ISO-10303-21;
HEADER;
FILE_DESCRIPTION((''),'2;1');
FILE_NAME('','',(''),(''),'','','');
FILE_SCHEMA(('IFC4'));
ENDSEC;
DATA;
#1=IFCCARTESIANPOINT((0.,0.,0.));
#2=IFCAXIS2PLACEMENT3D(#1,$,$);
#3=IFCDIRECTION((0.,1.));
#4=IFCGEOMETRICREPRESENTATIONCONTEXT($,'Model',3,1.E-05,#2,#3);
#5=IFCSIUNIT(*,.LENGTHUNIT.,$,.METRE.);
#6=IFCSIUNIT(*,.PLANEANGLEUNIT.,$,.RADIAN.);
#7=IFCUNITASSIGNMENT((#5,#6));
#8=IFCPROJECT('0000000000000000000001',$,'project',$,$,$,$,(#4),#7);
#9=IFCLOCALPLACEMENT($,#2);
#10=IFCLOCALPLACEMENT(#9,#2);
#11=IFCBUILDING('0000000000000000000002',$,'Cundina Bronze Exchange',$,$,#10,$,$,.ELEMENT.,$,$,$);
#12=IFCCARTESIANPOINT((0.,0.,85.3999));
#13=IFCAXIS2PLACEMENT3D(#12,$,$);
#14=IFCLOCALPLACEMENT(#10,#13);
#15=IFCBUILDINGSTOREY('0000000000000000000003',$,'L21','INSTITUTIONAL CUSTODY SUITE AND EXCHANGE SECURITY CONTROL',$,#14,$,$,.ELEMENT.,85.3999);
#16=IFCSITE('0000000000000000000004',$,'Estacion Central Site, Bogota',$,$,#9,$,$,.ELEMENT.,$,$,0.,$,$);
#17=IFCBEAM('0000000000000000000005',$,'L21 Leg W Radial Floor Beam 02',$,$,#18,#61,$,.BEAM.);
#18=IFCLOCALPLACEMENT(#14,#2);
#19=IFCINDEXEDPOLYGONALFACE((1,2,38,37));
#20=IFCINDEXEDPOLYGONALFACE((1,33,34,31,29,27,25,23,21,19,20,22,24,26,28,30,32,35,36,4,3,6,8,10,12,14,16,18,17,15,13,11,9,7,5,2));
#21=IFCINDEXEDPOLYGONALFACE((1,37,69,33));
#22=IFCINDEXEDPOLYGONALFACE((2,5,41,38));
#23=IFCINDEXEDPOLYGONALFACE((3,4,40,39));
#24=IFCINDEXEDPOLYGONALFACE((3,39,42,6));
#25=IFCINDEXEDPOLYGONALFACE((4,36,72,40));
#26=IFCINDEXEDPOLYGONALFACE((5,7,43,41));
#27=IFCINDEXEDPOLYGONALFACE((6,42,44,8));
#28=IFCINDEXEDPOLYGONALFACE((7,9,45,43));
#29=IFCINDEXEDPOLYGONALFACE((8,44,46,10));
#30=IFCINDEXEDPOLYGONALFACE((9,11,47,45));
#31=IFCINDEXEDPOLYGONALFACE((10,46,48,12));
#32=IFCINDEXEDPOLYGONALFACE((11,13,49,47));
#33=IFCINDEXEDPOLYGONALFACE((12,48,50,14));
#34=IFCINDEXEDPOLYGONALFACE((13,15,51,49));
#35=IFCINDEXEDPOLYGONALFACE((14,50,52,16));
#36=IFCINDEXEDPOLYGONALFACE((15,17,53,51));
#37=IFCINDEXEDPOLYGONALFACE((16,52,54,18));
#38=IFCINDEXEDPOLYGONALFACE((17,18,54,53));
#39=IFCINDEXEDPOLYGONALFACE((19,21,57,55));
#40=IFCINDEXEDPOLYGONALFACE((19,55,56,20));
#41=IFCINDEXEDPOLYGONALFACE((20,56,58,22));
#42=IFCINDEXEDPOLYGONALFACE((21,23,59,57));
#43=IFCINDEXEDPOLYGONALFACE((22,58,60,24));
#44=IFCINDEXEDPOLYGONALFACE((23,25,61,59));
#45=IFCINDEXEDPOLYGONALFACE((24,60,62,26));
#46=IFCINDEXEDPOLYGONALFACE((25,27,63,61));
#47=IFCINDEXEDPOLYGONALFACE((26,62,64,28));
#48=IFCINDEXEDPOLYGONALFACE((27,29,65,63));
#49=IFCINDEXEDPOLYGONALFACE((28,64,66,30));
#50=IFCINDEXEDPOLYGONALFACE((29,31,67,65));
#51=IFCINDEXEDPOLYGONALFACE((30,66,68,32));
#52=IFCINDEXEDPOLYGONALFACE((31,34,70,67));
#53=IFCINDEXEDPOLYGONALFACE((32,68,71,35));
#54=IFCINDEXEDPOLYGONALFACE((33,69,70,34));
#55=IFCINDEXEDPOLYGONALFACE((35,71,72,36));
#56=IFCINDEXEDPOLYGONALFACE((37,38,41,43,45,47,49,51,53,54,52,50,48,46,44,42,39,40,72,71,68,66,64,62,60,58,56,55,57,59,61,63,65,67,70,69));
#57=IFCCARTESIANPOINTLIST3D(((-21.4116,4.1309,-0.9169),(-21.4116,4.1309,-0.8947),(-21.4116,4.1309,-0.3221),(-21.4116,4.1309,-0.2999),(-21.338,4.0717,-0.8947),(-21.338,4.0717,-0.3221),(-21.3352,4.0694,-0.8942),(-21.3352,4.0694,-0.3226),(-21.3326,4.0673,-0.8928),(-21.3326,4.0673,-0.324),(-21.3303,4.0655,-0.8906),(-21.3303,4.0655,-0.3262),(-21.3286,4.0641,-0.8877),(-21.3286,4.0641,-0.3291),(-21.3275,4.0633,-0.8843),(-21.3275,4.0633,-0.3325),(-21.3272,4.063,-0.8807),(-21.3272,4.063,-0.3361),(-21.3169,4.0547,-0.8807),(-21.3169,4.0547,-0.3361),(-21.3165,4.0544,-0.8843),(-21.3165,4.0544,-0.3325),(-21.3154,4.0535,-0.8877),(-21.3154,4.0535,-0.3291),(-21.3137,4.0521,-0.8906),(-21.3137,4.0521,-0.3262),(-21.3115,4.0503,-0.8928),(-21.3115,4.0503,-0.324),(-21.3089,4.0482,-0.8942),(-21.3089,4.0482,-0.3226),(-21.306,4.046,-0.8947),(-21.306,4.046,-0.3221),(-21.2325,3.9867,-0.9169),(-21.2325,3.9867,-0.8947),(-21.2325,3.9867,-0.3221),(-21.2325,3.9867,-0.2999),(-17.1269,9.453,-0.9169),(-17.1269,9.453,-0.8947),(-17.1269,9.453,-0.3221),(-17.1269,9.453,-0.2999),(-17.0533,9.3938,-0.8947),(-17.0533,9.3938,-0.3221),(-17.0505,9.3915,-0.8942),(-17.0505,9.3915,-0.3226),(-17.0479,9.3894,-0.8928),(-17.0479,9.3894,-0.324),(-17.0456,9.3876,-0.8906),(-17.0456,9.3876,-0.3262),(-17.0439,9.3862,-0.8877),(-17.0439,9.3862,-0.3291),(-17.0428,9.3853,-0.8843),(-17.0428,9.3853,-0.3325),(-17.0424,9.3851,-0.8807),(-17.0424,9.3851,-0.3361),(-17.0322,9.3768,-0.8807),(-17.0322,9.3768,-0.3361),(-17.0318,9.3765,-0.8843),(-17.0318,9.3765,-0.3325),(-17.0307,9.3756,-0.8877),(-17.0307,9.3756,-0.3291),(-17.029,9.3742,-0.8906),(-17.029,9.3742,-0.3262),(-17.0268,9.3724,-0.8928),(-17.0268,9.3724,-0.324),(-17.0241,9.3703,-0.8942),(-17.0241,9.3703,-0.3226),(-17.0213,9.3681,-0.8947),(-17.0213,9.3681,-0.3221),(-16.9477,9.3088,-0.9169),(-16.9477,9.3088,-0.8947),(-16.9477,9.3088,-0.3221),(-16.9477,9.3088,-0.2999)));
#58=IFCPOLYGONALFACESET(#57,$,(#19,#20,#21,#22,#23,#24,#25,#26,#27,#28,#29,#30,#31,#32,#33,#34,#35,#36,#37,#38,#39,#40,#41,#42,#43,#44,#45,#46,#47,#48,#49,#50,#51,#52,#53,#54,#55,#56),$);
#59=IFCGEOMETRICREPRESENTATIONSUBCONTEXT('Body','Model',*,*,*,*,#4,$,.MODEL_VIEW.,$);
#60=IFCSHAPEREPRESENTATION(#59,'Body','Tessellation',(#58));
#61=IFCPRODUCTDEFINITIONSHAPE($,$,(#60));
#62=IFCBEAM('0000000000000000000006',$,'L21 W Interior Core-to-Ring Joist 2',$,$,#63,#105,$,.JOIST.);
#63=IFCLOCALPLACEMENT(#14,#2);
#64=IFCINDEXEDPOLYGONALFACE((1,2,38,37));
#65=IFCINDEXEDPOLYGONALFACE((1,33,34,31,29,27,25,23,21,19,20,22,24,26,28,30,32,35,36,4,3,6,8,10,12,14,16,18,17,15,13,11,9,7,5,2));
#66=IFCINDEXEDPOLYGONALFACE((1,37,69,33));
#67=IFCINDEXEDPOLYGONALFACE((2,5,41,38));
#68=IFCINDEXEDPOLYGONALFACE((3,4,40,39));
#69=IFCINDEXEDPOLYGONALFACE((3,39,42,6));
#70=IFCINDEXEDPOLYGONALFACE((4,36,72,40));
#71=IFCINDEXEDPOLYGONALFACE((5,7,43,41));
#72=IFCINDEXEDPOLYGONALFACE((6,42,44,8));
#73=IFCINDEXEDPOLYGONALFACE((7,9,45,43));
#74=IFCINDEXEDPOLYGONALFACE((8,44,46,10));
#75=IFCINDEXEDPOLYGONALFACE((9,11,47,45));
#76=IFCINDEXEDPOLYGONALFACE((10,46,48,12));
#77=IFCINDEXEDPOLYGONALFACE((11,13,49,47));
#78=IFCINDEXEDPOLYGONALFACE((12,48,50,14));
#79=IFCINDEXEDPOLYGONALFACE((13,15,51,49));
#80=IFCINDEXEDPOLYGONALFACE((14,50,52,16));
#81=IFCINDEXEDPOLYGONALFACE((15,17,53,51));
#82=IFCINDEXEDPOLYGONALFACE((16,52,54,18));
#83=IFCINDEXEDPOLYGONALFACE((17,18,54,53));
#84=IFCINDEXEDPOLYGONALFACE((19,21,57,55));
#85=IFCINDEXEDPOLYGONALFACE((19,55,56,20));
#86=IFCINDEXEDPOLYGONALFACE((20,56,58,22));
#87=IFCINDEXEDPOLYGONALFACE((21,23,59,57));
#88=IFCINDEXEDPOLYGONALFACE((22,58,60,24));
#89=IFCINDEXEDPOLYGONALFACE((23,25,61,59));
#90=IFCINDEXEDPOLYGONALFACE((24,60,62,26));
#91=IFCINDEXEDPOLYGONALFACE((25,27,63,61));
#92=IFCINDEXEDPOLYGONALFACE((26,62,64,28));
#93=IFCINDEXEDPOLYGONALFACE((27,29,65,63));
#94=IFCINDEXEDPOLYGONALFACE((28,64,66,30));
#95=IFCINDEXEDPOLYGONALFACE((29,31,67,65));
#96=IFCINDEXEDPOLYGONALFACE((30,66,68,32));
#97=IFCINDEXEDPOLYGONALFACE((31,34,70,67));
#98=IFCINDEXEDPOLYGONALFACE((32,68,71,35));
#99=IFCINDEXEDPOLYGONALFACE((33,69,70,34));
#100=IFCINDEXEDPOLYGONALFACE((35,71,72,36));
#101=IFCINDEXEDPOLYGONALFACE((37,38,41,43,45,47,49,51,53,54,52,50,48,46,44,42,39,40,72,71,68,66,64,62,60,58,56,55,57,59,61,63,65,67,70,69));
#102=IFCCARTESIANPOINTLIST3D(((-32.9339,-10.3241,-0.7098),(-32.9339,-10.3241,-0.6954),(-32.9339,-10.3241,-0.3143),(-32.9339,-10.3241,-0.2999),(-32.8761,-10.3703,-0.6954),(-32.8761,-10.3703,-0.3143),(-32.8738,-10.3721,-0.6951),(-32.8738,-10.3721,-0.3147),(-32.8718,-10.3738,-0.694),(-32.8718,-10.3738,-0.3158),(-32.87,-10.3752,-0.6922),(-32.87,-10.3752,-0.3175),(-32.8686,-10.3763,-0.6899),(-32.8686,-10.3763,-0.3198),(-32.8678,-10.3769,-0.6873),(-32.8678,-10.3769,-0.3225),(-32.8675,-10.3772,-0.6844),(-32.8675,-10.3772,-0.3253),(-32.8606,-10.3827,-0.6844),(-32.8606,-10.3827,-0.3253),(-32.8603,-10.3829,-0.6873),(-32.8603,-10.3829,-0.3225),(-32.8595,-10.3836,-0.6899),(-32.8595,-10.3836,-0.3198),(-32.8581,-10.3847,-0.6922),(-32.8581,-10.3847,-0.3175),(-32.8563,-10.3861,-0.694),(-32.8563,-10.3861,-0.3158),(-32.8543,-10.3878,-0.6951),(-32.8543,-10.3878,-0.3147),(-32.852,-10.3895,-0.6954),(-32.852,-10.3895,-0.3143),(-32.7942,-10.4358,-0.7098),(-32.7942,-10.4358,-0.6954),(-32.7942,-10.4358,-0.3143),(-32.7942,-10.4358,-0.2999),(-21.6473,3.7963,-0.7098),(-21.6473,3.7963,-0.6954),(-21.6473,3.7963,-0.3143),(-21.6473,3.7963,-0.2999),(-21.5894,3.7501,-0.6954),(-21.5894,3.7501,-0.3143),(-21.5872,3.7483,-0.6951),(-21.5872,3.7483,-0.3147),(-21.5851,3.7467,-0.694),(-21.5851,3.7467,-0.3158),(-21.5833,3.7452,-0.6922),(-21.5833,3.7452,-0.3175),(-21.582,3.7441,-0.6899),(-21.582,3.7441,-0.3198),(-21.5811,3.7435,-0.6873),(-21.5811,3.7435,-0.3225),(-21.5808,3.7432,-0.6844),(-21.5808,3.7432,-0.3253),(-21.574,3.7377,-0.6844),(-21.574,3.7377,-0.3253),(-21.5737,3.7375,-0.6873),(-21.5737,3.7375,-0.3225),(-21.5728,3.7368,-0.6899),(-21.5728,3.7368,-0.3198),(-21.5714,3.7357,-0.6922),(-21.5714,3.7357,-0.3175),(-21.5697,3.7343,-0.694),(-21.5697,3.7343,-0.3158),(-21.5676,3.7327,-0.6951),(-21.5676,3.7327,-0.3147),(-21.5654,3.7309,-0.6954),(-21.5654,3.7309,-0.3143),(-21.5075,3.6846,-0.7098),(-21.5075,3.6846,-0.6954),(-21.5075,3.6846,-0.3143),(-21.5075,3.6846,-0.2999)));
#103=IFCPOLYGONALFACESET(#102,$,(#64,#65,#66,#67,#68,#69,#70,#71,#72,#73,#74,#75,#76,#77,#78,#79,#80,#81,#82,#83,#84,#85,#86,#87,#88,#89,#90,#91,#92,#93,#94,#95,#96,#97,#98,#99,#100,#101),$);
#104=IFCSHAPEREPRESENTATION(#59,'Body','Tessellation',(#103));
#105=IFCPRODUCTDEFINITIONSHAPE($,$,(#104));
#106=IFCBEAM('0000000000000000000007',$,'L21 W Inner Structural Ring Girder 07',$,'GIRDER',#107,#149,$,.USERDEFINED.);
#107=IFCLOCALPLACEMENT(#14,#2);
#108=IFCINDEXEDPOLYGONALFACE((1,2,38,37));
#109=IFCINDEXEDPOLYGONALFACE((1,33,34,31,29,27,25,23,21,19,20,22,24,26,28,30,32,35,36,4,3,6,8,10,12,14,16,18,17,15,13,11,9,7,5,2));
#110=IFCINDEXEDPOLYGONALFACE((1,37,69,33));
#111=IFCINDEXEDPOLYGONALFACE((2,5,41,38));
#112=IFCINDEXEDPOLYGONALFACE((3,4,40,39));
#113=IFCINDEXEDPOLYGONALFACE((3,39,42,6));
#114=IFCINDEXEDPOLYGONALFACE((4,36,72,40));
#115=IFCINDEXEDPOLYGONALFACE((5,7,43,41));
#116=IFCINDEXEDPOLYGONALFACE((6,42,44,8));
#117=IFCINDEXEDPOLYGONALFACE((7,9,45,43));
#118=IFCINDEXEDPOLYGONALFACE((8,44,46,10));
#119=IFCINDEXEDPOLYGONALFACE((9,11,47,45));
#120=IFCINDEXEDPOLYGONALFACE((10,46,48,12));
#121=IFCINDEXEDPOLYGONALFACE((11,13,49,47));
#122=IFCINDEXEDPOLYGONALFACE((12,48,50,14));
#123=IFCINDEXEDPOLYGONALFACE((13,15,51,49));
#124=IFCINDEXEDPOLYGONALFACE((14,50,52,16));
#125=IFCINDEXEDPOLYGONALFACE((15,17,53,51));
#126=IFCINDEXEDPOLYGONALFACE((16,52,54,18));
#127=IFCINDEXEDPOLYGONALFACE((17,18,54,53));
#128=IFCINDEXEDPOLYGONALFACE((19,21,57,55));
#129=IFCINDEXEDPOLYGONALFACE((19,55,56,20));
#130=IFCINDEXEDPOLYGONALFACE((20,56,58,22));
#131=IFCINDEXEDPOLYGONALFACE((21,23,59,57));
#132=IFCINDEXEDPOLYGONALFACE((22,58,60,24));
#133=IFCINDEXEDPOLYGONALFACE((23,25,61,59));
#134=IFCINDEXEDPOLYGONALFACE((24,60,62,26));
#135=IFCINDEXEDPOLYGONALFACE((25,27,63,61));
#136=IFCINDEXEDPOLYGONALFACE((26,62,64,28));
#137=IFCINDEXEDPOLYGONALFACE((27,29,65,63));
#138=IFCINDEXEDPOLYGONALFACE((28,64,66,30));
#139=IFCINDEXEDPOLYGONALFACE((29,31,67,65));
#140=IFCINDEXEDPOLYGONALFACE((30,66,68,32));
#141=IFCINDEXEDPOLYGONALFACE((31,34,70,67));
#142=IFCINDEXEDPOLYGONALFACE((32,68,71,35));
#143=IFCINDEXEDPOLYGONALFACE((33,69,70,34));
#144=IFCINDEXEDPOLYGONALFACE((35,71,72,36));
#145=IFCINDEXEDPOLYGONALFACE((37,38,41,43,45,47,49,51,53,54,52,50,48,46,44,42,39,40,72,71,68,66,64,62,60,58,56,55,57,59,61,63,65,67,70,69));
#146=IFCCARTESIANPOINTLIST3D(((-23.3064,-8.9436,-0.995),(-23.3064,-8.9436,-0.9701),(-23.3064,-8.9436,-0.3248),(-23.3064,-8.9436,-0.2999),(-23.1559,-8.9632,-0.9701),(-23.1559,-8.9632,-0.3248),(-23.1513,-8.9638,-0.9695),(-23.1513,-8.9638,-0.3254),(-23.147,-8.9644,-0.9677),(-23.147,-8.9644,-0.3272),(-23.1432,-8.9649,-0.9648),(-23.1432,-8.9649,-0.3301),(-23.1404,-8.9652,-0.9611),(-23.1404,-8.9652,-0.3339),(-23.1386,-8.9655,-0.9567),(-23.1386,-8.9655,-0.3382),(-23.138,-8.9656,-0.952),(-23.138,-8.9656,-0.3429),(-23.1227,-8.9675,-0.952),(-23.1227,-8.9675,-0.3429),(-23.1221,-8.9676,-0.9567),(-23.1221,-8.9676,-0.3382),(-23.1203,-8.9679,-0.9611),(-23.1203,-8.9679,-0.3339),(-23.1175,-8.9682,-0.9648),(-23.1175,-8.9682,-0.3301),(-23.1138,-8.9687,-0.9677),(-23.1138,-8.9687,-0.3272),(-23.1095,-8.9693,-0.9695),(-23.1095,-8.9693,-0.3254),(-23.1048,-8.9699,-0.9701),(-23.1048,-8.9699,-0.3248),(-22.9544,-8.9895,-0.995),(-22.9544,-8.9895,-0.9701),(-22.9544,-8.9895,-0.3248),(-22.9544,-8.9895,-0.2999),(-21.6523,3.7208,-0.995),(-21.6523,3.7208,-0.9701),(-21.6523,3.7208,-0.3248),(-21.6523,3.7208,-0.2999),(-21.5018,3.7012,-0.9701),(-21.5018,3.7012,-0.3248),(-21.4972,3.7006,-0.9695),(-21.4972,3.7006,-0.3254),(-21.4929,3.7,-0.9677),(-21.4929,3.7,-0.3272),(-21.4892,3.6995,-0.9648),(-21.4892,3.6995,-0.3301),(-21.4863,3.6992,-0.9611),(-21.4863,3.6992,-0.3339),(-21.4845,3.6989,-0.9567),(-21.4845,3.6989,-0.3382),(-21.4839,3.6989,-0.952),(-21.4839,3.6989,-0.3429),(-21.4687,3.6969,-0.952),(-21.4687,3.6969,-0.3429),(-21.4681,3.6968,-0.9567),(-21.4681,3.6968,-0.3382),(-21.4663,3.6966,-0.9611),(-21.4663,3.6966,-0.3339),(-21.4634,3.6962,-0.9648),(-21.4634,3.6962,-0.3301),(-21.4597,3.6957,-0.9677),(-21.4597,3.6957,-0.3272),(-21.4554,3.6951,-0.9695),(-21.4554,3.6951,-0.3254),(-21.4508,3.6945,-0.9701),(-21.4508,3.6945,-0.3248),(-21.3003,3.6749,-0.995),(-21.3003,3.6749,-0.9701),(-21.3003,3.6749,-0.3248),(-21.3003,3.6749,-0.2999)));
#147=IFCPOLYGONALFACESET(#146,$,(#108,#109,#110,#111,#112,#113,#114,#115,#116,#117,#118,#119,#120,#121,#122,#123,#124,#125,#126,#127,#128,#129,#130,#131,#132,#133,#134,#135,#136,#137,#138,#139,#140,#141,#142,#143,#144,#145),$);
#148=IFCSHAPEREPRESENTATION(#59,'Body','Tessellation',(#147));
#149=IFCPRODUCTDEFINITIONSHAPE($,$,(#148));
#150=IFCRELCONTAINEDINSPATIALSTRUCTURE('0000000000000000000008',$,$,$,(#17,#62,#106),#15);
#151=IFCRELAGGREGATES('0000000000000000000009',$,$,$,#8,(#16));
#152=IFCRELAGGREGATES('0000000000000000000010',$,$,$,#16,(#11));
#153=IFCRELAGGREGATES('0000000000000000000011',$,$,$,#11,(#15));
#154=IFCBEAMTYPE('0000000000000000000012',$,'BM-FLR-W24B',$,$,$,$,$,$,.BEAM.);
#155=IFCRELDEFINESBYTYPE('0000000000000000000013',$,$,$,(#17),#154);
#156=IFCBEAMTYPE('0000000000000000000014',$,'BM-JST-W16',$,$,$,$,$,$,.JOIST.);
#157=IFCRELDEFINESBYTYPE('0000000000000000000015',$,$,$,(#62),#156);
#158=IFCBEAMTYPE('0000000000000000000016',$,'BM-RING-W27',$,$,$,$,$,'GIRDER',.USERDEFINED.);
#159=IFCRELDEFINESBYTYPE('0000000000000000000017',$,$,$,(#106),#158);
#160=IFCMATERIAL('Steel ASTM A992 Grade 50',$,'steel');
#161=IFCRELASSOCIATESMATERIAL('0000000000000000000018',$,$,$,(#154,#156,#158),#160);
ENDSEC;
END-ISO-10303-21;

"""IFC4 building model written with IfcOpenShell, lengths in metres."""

from ifc_helpers import new_model, si_unit, direction, frame, origin, origin_2d, place, context, subcontext, project, spatial, i_section, extrude, material, material_profile, profile_set, type_object, element, save


model = new_model("IFC4")

# Units and contexts
model_context = context("Model", 3, precision=1e-05, world=origin(), true_north=direction((0.0, 1.0)))
body_context = subcontext(model_context, "Body", "Model", "MODEL_VIEW")
ifc_project = project(units=[si_unit("LENGTHUNIT", "METRE"), si_unit("PLANEANGLEUNIT", "RADIAN")], contexts=[model_context])

# Site, building, storey
site_placement = place(None, origin())
site = spatial("IfcSite", under=ifc_project, at=site_placement, Name="Estacion Central Site, Bogota", CompositionType="ELEMENT", RefElevation=0.0)
building_placement = place(site_placement, origin())
building = spatial("IfcBuilding", under=site, at=building_placement, Name="Cundina Bronze Exchange", CompositionType="ELEMENT")
storey_placement = place(building_placement, frame((0.0, 0.0, 85.3999)))
storey = spatial("IfcBuildingStorey", under=building, at=storey_placement, Name="L21", Description="INSTITUTIONAL CUSTODY SUITE AND EXCHANGE SECURITY CONTROL", CompositionType="ELEMENT", Elevation=85.3999)

# Shared definitions
ifc_material_1 = material(Name="Steel ASTM A992 Grade 50", Category="steel")

# Beams
ifc_material_profile_1 = material_profile(ifc_material_1, i_section(OverallWidth=0.23, OverallDepth=0.6169, WebThickness=0.0132, FlangeThickness=0.0222, FilletRadius=0.0139, at=origin_2d()), Name="W24X94", Category="steel")
ifc_profile_set_1 = profile_set([ifc_material_profile_1], Name="Steel ASTM A992 Grade 50")
beam_type_1 = type_object("IfcBeamType", Name="BM-FLR-W24B", PredefinedType="BEAM", material=ifc_profile_set_1)
beam_1_placement = place(storey_placement, frame((-21.322, 4.0588, -0.6084), z_axis=(0.627106, 0.778934, 0.0), x_axis=(-0.778934, 0.627106, 0.0)))
element("IfcBeam", 1, at=beam_1_placement, inside=storey, type_object=beam_type_1, Name="L21 Leg W Radial Floor Beam 02", PredefinedType="BEAM", context=body_context, shape_type="SweptSolid", body=[
    extrude(i_section(OverallWidth=0.23, OverallDepth=0.6169, WebThickness=0.0132, FlangeThickness=0.0222, FilletRadius=0.0139, at=origin_2d()), origin(), (0.0, 0.0, 1.0), 6.8325),
])
ifc_material_profile_2 = material_profile(ifc_material_1, i_section(OverallWidth=0.179, OverallDepth=0.4099, WebThickness=0.0088, FlangeThickness=0.0144, FilletRadius=0.011, at=origin_2d()), Name="W16X45", Category="steel")
ifc_profile_set_2 = profile_set([ifc_material_profile_2], Name="Steel ASTM A992 Grade 50")
beam_type_2 = type_object("IfcBeamType", Name="BM-JST-W16", PredefinedType="JOIST", material=ifc_profile_set_2)
beam_2_placement = place(storey_placement, frame((-21.5774, 3.7405, -0.5049), z_axis=(-0.624369, -0.78113, 0.0), x_axis=(0.78113, -0.624369, 0.0)))
element("IfcBeam", 2, at=beam_2_placement, inside=storey, type_object=beam_type_2, Name="L21 W Interior Core-to-Ring Joist 2", PredefinedType="JOIST", context=body_context, shape_type="SweptSolid", body=[
    extrude(i_section(OverallWidth=0.179, OverallDepth=0.4099, WebThickness=0.0088, FlangeThickness=0.0144, FilletRadius=0.011, at=origin_2d()), origin(), (0.0, 0.0, 1.0), 18.0769),
])
ifc_material_profile_3 = material_profile(ifc_material_1, i_section(OverallWidth=0.355, OverallDepth=0.6951, WebThickness=0.0154, FlangeThickness=0.0249, FilletRadius=0.0181, at=origin_2d()), Name="W27X146", Category="steel")
ifc_profile_set_3 = profile_set([ifc_material_profile_3], Name="Steel ASTM A992 Grade 50")
beam_type_3 = type_object("IfcBeamType", Name="BM-RING-W27", ElementType="GIRDER", PredefinedType="USERDEFINED", material=ifc_profile_set_3)
beam_3_placement = place(storey_placement, frame((-23.1304, -8.9666, -0.6475), z_axis=(0.129508, 0.991578, 0.0), x_axis=(-0.991578, 0.129508, 0.0)))
element("IfcBeam", 3, at=beam_3_placement, inside=storey, type_object=beam_type_3, Name="L21 W Inner Structural Ring Girder 07", ObjectType="GIRDER", PredefinedType="USERDEFINED", context=body_context, shape_type="SweptSolid", body=[
    extrude(i_section(OverallWidth=0.355, OverallDepth=0.6951, WebThickness=0.0154, FlangeThickness=0.0249, FilletRadius=0.0181, at=origin_2d()), origin(), (0.0, 0.0, 1.0), 12.772),
])

save(model, "model.ifc")
